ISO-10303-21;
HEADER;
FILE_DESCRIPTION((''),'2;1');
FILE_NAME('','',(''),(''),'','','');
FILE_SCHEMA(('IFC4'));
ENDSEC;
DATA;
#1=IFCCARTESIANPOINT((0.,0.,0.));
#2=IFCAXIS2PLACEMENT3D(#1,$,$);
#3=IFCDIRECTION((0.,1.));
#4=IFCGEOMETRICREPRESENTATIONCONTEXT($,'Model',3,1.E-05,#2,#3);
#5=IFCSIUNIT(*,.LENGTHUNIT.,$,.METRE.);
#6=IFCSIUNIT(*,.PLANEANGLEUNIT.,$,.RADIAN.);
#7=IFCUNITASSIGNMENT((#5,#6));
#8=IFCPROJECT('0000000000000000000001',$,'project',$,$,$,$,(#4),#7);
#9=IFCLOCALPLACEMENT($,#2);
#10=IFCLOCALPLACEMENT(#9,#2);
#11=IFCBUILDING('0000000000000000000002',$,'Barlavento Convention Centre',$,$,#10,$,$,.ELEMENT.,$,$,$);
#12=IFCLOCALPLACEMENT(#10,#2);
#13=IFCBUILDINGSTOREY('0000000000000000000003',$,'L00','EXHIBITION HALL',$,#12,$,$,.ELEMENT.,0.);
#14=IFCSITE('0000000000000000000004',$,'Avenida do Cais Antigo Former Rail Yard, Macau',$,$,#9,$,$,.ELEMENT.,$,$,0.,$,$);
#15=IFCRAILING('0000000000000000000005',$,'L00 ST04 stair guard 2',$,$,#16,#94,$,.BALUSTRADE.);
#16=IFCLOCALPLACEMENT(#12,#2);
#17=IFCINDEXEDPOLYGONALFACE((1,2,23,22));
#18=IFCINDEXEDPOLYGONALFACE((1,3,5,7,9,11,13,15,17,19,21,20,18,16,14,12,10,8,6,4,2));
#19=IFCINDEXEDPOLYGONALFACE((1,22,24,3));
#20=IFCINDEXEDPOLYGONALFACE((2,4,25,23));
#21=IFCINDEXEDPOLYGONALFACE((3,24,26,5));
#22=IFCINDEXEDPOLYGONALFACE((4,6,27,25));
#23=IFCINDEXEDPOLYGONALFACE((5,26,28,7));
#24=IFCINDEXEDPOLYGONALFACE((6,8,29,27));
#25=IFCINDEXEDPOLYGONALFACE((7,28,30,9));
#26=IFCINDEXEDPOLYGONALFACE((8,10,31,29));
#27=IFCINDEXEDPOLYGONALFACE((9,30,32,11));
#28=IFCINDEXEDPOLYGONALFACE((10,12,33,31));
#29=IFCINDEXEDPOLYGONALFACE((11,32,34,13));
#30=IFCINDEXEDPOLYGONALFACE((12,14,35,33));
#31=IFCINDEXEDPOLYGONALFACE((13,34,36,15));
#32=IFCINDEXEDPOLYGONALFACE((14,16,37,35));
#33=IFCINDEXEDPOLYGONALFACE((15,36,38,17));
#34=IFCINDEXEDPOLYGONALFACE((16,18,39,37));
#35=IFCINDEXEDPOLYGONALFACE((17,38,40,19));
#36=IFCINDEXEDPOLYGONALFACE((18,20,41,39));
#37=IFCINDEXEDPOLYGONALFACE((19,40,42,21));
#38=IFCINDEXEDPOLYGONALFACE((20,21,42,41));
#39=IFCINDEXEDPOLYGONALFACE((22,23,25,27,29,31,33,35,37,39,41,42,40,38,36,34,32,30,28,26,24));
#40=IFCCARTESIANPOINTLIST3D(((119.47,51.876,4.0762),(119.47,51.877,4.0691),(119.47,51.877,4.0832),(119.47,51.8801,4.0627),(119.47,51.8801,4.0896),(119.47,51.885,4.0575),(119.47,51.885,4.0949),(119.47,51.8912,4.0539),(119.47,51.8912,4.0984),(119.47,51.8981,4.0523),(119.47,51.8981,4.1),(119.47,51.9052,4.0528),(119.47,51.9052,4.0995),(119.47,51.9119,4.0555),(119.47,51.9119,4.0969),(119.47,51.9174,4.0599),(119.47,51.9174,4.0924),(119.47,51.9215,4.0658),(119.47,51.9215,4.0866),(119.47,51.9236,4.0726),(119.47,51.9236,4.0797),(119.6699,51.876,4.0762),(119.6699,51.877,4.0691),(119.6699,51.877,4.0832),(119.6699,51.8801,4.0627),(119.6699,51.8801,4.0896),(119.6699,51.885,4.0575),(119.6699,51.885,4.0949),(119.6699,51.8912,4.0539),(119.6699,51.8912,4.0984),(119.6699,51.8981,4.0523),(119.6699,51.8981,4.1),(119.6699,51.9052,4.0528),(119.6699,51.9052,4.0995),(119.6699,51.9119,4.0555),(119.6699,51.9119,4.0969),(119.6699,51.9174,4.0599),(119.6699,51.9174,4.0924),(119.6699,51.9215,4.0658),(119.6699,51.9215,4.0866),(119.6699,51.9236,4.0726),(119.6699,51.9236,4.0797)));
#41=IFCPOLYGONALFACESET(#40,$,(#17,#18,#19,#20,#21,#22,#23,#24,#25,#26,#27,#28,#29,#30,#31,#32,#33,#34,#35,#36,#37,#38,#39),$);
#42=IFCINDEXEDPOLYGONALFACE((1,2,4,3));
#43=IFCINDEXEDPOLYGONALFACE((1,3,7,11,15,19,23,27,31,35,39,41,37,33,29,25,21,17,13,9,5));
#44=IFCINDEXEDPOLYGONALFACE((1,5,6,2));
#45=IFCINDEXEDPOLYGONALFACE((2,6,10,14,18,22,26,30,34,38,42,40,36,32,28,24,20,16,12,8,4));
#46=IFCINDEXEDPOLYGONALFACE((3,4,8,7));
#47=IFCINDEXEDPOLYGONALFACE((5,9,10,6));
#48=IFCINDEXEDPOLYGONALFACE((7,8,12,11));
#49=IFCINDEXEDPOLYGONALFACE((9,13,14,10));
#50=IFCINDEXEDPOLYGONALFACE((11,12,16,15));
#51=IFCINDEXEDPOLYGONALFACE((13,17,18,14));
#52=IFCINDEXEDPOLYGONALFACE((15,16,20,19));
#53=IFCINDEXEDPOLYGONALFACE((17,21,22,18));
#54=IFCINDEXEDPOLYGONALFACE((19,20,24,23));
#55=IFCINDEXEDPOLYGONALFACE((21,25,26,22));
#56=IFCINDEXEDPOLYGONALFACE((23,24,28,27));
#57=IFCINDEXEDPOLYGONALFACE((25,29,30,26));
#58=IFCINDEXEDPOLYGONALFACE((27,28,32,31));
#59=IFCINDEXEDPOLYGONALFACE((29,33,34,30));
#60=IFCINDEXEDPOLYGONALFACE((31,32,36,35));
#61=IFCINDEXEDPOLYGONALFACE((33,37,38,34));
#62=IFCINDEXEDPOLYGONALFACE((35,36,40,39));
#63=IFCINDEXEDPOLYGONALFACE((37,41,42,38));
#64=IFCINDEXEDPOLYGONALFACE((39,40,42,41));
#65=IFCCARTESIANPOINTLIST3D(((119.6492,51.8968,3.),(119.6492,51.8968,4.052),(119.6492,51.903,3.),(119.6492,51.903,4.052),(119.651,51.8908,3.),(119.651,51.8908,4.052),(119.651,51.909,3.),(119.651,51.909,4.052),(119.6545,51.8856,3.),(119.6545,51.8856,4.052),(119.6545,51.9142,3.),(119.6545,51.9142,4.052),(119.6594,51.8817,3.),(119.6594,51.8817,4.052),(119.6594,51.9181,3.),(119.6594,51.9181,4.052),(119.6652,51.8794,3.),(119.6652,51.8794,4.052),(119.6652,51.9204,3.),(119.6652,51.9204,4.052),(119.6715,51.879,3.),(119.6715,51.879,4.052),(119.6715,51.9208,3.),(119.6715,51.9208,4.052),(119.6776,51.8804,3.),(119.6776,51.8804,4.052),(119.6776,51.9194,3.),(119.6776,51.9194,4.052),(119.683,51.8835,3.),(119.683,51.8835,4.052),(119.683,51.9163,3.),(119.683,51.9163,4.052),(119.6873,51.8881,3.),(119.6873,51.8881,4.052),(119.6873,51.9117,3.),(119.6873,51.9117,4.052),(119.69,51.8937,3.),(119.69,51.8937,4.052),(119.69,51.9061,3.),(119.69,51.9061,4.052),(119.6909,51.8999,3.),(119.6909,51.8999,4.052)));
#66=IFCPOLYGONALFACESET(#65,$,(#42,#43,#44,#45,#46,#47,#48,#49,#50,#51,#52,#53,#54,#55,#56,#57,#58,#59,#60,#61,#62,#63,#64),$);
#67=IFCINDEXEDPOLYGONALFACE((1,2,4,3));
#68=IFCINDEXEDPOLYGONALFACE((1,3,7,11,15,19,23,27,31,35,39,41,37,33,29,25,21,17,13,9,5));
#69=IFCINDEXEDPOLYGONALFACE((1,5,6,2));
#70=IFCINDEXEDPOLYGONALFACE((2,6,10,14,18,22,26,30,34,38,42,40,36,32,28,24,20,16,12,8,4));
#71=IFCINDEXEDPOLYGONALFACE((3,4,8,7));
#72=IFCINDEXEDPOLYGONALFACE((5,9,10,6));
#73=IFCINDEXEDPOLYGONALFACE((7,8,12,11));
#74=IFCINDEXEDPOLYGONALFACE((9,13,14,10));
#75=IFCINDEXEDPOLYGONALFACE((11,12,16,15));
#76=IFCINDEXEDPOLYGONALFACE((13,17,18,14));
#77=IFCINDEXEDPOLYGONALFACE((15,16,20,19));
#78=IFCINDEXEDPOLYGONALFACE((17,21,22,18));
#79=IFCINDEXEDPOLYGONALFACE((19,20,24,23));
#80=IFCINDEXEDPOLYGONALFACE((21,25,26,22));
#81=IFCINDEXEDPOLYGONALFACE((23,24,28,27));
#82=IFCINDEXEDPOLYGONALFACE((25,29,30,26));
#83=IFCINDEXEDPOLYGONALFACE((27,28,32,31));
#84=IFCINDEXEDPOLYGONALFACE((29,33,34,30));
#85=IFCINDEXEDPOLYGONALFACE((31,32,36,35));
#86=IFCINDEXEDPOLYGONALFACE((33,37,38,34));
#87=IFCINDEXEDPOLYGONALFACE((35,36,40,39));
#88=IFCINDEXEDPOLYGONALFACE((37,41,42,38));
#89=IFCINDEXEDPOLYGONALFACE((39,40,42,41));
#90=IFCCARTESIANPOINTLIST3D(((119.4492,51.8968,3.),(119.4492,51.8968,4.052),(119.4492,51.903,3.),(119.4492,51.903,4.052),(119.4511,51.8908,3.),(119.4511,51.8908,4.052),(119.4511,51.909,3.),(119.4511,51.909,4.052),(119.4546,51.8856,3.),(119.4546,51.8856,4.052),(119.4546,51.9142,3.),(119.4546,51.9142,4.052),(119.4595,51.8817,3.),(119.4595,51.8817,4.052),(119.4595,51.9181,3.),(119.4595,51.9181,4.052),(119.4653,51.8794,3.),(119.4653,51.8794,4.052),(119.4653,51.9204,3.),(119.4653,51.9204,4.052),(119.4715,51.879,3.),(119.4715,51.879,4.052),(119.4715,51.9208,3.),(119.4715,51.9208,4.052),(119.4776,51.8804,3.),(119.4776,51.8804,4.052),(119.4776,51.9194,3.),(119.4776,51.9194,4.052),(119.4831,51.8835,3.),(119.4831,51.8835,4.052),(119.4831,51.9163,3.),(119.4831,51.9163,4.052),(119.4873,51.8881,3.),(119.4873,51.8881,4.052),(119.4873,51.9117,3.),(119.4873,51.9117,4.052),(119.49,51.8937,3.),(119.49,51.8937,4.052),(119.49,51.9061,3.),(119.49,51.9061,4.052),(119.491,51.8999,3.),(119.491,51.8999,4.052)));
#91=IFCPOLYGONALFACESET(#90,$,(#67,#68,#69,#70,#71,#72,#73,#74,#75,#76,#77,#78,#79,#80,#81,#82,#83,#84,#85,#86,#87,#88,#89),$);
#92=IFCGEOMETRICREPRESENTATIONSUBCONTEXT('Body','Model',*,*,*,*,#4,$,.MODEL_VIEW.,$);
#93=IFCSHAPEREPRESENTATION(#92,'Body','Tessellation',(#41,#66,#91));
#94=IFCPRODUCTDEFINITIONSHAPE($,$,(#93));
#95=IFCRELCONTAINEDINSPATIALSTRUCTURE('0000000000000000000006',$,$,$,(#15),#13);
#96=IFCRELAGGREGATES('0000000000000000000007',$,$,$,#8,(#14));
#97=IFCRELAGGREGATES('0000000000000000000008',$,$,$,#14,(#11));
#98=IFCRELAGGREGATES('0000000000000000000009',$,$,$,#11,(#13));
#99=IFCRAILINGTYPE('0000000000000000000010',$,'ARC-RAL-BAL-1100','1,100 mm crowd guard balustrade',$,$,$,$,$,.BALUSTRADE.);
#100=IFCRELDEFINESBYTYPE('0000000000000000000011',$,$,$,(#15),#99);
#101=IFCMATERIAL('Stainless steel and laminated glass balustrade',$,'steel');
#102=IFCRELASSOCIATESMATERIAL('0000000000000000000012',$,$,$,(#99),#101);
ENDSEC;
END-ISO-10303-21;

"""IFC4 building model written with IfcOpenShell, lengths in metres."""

from ifc_helpers import new_model, si_unit, direction, frame, origin, origin_2d, place, context, subcontext, project, spatial, circle, extrude, material, type_object, element, save


model = new_model("IFC4")

# Units and contexts
model_context = context("Model", 3, precision=1e-05, world=origin(), true_north=direction((0.0, 1.0)))
body_context = subcontext(model_context, "Body", "Model", "MODEL_VIEW")
ifc_project = project(units=[si_unit("LENGTHUNIT", "METRE"), si_unit("PLANEANGLEUNIT", "RADIAN")], contexts=[model_context])

# Site, building, storey
site_placement = place(None, origin())
site = spatial("IfcSite", under=ifc_project, at=site_placement, Name="Avenida do Cais Antigo Former Rail Yard, Macau", CompositionType="ELEMENT", RefElevation=0.0)
building_placement = place(site_placement, origin())
building = spatial("IfcBuilding", under=site, at=building_placement, Name="Barlavento Convention Centre", CompositionType="ELEMENT")
storey_placement = place(building_placement, origin())
storey = spatial("IfcBuildingStorey", under=building, at=storey_placement, Name="L00", Description="EXHIBITION HALL", CompositionType="ELEMENT", Elevation=0.0)

# Railing
ifc_material_1 = material(Name="Stainless steel and laminated glass balustrade", Category="steel")
railing_type_1 = type_object("IfcRailingType", Name="ARC-RAL-BAL-1100", Description="1,100 mm crowd guard balustrade", PredefinedType="BALUSTRADE", material=ifc_material_1)
railing_1_placement = place(storey_placement, frame((119.6699, 51.8999, 3.0)))
element("IfcRailing", 1, at=railing_1_placement, inside=storey, type_object=railing_type_1, Name="L00 ST04 stair guard 2", PredefinedType="BALUSTRADE", context=body_context, shape_type="SweptSolid", body=[
    extrude(circle(Radius=0.0239, at=origin_2d()), frame((0.0, 0.0, 1.0762), z_axis=(-1.0, 0.0, 0.0), x_axis=(0.0, -1.0, 0.0)), (0.0, 0.0, 1.0), 0.2),
    extrude(circle(Radius=0.021, at=origin_2d()), origin(), (0.0, 0.0, 1.0), 1.052),
    extrude(circle(Radius=0.021, at=origin_2d()), frame((-0.2, 0.0, 0.0)), (0.0, 0.0, 1.0), 1.052),
])

save(model, "model.ifc")
